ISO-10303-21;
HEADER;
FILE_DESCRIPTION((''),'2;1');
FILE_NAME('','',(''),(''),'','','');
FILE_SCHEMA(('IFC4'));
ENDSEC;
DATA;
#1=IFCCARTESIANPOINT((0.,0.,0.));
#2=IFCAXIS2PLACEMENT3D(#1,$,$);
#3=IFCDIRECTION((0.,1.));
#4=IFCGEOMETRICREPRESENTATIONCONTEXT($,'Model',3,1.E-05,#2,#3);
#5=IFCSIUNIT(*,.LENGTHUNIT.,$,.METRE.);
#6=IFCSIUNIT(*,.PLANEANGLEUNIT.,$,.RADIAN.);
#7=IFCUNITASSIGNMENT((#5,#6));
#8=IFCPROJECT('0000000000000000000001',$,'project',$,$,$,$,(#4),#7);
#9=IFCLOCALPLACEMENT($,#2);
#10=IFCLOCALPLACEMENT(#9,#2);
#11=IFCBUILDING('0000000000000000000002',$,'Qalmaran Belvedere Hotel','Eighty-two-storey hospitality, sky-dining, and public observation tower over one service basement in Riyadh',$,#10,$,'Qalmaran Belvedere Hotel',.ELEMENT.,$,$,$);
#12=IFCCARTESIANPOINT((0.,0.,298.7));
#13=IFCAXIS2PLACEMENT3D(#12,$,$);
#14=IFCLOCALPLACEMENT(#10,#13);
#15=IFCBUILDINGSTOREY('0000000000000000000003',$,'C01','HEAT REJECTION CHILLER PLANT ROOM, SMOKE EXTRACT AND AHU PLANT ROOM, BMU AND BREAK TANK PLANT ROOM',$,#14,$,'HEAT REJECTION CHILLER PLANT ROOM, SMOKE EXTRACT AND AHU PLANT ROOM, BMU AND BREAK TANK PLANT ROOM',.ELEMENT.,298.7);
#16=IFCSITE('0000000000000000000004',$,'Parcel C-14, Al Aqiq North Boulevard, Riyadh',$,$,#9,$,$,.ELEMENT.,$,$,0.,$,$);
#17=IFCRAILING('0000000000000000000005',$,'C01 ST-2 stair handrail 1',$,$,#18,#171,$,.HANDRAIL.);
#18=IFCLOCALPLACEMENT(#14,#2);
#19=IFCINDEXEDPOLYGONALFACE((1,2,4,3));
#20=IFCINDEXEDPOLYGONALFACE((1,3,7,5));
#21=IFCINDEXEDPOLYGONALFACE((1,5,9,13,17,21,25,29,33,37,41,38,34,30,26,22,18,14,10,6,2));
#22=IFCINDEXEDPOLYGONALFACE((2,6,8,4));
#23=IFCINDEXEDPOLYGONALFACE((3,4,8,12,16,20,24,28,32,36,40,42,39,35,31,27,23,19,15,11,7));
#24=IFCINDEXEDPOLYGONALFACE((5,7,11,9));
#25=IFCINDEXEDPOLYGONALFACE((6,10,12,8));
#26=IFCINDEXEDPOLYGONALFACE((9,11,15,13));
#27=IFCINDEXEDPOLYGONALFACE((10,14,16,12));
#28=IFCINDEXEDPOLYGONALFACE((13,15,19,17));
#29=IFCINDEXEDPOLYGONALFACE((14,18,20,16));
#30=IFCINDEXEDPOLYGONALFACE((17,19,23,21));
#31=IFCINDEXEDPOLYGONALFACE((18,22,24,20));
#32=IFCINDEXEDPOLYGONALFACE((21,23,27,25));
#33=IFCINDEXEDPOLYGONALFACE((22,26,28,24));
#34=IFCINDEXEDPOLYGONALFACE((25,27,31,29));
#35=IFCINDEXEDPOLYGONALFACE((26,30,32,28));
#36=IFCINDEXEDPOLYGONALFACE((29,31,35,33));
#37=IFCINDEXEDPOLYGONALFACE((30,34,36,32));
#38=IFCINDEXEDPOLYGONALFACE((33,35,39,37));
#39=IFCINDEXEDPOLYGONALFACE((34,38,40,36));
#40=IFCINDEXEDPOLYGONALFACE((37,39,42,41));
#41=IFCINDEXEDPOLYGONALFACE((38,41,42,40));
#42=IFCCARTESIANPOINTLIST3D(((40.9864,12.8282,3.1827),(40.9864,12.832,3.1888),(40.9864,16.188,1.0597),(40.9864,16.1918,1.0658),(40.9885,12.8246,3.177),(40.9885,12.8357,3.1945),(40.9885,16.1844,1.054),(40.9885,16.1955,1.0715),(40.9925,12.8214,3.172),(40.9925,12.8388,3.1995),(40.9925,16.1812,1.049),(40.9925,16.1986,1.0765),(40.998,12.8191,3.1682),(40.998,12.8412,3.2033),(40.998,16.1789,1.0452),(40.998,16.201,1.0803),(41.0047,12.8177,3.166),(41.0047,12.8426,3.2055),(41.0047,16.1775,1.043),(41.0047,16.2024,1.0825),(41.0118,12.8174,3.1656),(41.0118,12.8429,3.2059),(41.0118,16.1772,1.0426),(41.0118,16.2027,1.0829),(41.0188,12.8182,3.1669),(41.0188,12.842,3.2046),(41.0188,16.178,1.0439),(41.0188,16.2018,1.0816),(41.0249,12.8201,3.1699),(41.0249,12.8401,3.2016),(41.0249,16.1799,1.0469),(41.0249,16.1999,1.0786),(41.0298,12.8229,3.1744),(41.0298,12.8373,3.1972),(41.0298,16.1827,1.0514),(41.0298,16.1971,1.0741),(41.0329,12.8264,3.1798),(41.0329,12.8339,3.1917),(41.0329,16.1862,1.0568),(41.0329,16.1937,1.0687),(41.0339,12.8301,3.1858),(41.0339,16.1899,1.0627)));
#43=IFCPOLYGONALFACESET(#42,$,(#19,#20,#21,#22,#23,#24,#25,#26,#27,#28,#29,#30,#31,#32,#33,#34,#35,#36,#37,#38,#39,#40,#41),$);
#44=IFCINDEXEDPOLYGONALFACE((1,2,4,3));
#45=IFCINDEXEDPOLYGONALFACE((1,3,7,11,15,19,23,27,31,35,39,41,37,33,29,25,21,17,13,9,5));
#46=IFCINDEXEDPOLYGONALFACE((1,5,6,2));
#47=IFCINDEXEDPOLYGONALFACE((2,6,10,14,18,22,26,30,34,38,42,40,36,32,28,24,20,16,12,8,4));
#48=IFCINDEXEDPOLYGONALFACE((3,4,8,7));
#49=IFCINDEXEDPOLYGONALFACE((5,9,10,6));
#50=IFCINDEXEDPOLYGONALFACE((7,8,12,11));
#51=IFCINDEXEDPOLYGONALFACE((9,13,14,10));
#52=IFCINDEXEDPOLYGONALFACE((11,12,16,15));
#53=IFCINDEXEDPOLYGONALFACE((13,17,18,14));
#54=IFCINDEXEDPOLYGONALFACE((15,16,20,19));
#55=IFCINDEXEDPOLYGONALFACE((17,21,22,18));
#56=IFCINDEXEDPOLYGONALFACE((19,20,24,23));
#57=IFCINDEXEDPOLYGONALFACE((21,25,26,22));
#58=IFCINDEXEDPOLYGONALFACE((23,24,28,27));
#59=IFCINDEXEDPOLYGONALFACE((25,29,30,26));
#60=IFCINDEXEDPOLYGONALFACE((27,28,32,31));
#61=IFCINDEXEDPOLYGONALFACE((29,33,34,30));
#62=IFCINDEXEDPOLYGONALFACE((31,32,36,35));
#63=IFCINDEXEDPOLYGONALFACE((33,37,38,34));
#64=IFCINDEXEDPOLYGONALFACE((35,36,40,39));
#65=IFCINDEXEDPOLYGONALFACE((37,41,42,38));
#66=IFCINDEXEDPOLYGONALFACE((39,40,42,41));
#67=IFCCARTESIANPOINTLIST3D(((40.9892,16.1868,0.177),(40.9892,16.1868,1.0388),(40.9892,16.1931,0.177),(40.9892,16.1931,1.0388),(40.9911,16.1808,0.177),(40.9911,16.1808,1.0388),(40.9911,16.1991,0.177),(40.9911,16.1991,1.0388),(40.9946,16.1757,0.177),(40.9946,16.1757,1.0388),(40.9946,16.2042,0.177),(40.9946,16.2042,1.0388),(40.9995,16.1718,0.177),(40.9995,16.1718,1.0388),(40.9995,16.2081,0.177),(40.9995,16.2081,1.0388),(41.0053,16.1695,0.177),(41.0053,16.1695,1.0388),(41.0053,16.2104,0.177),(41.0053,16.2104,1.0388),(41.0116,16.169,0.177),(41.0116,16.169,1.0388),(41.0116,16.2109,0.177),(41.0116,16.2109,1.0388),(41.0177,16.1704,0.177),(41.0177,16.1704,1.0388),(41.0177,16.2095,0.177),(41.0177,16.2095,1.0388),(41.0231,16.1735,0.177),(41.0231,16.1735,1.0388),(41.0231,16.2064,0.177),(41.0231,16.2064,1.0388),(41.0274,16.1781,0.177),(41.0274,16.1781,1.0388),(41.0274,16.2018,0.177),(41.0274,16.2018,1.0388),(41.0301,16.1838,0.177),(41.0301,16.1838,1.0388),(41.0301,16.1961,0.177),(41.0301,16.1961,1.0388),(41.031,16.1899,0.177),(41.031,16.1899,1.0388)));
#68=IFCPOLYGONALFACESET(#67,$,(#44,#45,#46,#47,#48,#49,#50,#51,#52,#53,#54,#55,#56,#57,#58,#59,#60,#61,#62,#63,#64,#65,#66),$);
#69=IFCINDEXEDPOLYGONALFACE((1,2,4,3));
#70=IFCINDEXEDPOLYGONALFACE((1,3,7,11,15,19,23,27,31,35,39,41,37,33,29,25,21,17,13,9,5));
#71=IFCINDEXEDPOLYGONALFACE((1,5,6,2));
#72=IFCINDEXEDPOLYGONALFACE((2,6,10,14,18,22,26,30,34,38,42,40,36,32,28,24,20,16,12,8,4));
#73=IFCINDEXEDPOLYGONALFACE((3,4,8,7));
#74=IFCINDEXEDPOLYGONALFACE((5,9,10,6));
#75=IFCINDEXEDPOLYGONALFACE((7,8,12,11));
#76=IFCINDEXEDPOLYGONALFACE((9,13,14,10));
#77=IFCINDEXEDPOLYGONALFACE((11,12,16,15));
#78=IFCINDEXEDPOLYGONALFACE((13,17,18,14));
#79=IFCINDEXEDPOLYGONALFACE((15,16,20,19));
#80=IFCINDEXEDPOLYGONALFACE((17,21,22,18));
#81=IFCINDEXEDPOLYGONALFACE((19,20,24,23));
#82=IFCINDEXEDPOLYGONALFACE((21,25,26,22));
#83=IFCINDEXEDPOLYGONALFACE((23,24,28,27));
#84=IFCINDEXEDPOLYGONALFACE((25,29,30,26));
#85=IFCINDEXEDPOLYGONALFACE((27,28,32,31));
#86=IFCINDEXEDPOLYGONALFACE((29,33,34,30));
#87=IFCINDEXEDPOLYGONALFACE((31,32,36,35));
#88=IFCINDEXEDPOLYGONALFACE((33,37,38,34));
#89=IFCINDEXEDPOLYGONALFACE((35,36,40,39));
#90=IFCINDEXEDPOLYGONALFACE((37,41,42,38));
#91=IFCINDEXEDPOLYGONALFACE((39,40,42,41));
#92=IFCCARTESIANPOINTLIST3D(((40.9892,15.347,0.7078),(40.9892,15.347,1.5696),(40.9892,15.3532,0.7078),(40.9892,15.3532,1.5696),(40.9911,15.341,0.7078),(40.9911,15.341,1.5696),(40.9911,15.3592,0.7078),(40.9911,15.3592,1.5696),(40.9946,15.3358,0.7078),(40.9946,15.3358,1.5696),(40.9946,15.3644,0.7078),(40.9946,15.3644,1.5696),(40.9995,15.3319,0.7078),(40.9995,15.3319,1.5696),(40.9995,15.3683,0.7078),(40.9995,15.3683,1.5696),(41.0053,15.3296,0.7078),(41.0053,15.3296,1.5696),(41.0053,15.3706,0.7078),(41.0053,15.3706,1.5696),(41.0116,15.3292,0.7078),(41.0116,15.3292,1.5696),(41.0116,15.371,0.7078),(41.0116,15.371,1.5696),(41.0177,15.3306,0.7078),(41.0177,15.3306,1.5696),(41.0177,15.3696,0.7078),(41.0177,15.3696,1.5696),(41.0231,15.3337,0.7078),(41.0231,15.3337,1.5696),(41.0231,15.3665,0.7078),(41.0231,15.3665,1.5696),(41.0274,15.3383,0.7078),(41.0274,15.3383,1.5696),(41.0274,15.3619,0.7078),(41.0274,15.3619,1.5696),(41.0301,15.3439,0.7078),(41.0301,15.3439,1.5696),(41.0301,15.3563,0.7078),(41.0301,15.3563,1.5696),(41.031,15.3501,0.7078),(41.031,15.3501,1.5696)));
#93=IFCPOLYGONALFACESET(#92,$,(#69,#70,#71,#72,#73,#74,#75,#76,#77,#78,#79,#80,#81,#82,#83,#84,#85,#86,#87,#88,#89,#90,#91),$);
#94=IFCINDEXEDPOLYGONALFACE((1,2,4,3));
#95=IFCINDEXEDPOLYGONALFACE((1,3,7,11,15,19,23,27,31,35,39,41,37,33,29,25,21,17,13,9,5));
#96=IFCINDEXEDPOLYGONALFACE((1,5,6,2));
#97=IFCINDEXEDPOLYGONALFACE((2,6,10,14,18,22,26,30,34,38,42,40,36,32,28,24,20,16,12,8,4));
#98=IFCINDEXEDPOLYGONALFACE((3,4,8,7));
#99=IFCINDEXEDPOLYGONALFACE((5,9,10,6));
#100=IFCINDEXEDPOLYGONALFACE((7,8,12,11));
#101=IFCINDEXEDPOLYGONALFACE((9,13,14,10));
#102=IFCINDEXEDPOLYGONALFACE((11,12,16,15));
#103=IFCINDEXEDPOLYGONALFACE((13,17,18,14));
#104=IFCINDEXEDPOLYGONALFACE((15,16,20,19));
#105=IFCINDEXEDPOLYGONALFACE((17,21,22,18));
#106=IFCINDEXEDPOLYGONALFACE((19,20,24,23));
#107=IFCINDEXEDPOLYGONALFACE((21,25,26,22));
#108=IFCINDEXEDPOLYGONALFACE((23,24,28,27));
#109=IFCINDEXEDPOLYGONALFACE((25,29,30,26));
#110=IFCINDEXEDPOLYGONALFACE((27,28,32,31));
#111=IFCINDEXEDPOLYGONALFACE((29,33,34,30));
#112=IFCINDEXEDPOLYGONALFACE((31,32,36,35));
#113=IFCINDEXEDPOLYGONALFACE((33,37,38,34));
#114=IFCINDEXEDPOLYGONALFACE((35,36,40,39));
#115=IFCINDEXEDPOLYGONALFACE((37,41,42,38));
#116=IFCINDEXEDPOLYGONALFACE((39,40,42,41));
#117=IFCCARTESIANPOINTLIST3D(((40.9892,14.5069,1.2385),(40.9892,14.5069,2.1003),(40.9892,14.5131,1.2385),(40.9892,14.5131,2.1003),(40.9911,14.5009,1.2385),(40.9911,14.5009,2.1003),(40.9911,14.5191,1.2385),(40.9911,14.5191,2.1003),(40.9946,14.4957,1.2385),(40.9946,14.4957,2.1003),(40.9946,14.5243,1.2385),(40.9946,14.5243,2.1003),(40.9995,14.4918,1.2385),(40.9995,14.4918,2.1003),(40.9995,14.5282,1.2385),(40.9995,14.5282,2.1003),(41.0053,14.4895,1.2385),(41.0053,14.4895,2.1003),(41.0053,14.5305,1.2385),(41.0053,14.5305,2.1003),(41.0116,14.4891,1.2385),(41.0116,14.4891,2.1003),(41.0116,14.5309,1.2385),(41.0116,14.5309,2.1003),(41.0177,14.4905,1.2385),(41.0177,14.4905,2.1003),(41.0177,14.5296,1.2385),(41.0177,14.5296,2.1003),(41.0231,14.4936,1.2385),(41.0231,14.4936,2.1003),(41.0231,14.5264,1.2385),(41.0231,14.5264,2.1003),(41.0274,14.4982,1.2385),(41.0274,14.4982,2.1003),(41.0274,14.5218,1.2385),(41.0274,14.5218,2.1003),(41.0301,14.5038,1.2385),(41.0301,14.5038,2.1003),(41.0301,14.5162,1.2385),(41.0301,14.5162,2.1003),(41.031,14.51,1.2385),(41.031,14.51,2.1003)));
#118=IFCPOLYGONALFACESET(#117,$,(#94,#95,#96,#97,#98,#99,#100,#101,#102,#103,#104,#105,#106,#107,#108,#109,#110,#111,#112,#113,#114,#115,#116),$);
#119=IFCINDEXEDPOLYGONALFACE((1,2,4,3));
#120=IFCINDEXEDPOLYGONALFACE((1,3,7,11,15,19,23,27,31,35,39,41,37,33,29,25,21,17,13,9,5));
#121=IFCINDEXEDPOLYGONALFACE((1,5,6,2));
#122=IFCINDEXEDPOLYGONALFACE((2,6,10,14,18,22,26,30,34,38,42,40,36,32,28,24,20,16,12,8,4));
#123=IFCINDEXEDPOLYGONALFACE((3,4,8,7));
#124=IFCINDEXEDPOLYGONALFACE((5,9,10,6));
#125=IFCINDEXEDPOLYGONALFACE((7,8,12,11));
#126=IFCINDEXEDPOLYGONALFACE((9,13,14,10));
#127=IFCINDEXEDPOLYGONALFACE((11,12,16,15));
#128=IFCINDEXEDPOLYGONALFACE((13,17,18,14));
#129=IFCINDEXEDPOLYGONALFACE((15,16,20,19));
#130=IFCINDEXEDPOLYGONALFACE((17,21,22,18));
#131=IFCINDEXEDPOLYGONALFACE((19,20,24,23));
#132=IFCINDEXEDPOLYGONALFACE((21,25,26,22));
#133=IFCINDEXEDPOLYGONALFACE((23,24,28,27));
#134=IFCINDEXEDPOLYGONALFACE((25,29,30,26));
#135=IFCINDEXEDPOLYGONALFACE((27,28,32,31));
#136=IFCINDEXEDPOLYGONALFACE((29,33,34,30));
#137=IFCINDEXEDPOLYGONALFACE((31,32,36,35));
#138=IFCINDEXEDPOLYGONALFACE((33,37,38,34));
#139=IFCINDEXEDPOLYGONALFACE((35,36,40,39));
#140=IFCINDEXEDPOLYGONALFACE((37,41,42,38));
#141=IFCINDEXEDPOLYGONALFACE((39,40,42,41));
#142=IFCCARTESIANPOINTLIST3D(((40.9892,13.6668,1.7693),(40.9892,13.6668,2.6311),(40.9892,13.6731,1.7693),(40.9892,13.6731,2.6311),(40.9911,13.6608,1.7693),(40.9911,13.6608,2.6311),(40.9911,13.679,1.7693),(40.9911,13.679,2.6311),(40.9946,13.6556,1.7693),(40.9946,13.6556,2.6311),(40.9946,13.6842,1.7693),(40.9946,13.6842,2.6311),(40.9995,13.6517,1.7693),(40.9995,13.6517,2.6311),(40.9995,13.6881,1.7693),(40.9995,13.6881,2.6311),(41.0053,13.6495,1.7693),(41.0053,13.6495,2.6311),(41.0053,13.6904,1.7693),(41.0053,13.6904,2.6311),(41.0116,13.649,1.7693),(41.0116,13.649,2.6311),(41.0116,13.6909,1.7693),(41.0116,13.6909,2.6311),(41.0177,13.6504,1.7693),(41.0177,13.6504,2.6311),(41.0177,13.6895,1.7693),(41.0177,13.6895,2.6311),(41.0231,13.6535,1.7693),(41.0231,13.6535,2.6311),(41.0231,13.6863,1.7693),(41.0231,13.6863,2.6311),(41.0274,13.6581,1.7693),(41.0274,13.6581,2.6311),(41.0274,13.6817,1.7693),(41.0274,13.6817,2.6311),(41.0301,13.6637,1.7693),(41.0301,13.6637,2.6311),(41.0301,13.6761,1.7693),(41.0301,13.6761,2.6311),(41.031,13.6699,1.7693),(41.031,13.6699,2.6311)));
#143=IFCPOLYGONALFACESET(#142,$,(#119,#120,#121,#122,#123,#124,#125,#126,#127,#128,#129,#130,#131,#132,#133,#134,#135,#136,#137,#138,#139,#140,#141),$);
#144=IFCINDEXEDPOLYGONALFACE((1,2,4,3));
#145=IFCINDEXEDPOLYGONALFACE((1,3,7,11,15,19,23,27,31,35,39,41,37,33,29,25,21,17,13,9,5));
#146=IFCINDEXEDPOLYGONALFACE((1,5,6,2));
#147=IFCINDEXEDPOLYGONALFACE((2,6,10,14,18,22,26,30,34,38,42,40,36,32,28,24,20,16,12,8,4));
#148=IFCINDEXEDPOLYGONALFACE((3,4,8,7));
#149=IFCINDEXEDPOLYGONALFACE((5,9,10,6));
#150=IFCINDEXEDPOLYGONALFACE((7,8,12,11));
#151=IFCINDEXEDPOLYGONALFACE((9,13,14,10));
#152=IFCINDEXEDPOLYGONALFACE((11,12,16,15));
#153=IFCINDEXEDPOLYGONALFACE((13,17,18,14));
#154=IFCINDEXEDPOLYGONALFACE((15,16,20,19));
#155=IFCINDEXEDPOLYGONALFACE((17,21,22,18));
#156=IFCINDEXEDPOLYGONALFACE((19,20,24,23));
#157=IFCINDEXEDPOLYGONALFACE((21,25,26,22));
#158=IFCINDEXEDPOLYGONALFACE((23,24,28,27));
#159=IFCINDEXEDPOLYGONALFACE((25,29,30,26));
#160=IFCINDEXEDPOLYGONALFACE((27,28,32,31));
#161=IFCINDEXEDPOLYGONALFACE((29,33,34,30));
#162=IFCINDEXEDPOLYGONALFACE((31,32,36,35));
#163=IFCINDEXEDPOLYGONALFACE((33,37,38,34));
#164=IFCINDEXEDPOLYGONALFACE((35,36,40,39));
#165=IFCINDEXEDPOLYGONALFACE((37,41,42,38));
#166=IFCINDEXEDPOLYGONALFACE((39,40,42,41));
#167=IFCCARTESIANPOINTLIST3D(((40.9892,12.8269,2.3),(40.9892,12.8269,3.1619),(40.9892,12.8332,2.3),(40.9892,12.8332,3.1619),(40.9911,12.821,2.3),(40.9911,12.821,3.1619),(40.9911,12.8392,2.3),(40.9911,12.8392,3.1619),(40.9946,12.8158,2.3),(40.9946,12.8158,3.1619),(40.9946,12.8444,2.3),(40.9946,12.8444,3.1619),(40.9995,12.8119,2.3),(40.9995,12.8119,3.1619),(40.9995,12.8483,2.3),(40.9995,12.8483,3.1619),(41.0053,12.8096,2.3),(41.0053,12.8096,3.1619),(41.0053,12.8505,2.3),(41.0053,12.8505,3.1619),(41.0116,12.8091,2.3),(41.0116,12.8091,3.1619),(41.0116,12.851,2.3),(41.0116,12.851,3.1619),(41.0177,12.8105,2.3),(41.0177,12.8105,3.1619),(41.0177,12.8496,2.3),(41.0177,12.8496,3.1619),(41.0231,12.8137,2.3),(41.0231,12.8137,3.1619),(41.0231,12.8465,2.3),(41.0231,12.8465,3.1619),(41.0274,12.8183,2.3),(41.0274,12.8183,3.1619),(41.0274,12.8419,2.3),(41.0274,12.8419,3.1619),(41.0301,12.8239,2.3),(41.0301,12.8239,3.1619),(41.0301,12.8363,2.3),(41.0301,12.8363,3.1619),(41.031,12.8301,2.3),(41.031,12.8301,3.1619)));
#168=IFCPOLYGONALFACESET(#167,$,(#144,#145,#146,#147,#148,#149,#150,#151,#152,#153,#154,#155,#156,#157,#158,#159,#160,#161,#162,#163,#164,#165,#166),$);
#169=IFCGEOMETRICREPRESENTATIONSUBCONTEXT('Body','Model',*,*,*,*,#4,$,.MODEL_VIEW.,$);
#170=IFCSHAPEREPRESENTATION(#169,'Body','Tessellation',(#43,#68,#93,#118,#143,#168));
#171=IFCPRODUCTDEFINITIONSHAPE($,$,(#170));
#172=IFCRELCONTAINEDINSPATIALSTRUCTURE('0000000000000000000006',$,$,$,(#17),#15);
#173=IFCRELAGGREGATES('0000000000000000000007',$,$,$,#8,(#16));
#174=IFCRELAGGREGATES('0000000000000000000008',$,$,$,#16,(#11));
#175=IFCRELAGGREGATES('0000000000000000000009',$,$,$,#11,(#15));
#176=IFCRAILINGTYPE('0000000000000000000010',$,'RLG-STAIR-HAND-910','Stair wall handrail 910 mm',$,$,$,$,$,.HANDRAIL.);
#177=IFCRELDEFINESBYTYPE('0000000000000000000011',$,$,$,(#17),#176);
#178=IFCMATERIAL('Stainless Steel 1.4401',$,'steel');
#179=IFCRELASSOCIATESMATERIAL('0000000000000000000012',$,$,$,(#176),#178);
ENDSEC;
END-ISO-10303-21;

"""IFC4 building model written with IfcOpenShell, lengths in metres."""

from ifc_helpers import new_model, si_unit, direction, frame, origin, origin_2d, place, context, subcontext, project, spatial, circle, extrude, material, type_object, element, save


model = new_model("IFC4")

# Units and contexts
model_context = context("Model", 3, precision=1e-05, world=origin(), true_north=direction((0.0, 1.0)))
body_context = subcontext(model_context, "Body", "Model", "MODEL_VIEW")
ifc_project = project(units=[si_unit("LENGTHUNIT", "METRE"), si_unit("PLANEANGLEUNIT", "RADIAN")], contexts=[model_context])

# Site, building, storey
site_placement = place(None, origin())
site = spatial("IfcSite", under=ifc_project, at=site_placement, Name="Parcel C-14, Al Aqiq North Boulevard, Riyadh", CompositionType="ELEMENT", RefElevation=0.0)
building_placement = place(site_placement, origin())
building = spatial("IfcBuilding", under=site, at=building_placement, Name="Qalmaran Belvedere Hotel", Description="Eighty-two-storey hospitality, sky-dining, and public observation tower over one service basement in Riyadh", LongName="Qalmaran Belvedere Hotel", CompositionType="ELEMENT")
storey_placement = place(building_placement, frame((0.0, 0.0, 298.7)))
storey = spatial("IfcBuildingStorey", under=building, at=storey_placement, Name="C01", Description="HEAT REJECTION CHILLER PLANT ROOM, SMOKE EXTRACT AND AHU PLANT ROOM, BMU AND BREAK TANK PLANT ROOM", LongName="HEAT REJECTION CHILLER PLANT ROOM, SMOKE EXTRACT AND AHU PLANT ROOM, BMU AND BREAK TANK PLANT ROOM", CompositionType="ELEMENT", Elevation=298.7)

# Shared definitions
ifc_material_1 = material(Name="Stainless Steel 1.4401", Category="steel")

# Railing
railing_type_1 = type_object("IfcRailingType", Name="RLG-STAIR-HAND-910", Description="Stair wall handrail 910 mm", PredefinedType="HANDRAIL", material=ifc_material_1)
railing_1_placement = place(storey_placement, frame((41.01, 16.1899, 0.177)))
element("IfcRailing", 1, at=railing_1_placement, inside=storey, type_object=railing_type_1, Name="C01 ST-2 stair handrail 1", PredefinedType="HANDRAIL", context=body_context, shape_type="SweptSolid", body=[
    extrude(circle(Radius=0.0239, at=origin_2d()), frame((0.0, 0.0, 0.8857), z_axis=(0.0, -0.845372, 0.534178), x_axis=(1.0, 0.0, 0.0)), (0.0, 0.0, 1.0), 3.9744),
    extrude(circle(Radius=0.021, at=origin_2d()), origin(), (0.0, 0.0, 1.0), 0.8618),
    extrude(circle(Radius=0.021, at=origin_2d()), frame((0.0, -0.8398, 0.5308)), (0.0, 0.0, 1.0), 0.8618),
    extrude(circle(Radius=0.021, at=origin_2d()), frame((0.0, -1.6799, 1.0615)), (0.0, 0.0, 1.0), 0.8618),
    extrude(circle(Radius=0.021, at=origin_2d()), frame((0.0, -2.52, 1.5923)), (0.0, 0.0, 1.0), 0.8618),
    extrude(circle(Radius=0.021, at=origin_2d()), frame((0.0, -3.3599, 2.123)), (0.0, 0.0, 1.0), 0.8618),
])

save(model, "model.ifc")
